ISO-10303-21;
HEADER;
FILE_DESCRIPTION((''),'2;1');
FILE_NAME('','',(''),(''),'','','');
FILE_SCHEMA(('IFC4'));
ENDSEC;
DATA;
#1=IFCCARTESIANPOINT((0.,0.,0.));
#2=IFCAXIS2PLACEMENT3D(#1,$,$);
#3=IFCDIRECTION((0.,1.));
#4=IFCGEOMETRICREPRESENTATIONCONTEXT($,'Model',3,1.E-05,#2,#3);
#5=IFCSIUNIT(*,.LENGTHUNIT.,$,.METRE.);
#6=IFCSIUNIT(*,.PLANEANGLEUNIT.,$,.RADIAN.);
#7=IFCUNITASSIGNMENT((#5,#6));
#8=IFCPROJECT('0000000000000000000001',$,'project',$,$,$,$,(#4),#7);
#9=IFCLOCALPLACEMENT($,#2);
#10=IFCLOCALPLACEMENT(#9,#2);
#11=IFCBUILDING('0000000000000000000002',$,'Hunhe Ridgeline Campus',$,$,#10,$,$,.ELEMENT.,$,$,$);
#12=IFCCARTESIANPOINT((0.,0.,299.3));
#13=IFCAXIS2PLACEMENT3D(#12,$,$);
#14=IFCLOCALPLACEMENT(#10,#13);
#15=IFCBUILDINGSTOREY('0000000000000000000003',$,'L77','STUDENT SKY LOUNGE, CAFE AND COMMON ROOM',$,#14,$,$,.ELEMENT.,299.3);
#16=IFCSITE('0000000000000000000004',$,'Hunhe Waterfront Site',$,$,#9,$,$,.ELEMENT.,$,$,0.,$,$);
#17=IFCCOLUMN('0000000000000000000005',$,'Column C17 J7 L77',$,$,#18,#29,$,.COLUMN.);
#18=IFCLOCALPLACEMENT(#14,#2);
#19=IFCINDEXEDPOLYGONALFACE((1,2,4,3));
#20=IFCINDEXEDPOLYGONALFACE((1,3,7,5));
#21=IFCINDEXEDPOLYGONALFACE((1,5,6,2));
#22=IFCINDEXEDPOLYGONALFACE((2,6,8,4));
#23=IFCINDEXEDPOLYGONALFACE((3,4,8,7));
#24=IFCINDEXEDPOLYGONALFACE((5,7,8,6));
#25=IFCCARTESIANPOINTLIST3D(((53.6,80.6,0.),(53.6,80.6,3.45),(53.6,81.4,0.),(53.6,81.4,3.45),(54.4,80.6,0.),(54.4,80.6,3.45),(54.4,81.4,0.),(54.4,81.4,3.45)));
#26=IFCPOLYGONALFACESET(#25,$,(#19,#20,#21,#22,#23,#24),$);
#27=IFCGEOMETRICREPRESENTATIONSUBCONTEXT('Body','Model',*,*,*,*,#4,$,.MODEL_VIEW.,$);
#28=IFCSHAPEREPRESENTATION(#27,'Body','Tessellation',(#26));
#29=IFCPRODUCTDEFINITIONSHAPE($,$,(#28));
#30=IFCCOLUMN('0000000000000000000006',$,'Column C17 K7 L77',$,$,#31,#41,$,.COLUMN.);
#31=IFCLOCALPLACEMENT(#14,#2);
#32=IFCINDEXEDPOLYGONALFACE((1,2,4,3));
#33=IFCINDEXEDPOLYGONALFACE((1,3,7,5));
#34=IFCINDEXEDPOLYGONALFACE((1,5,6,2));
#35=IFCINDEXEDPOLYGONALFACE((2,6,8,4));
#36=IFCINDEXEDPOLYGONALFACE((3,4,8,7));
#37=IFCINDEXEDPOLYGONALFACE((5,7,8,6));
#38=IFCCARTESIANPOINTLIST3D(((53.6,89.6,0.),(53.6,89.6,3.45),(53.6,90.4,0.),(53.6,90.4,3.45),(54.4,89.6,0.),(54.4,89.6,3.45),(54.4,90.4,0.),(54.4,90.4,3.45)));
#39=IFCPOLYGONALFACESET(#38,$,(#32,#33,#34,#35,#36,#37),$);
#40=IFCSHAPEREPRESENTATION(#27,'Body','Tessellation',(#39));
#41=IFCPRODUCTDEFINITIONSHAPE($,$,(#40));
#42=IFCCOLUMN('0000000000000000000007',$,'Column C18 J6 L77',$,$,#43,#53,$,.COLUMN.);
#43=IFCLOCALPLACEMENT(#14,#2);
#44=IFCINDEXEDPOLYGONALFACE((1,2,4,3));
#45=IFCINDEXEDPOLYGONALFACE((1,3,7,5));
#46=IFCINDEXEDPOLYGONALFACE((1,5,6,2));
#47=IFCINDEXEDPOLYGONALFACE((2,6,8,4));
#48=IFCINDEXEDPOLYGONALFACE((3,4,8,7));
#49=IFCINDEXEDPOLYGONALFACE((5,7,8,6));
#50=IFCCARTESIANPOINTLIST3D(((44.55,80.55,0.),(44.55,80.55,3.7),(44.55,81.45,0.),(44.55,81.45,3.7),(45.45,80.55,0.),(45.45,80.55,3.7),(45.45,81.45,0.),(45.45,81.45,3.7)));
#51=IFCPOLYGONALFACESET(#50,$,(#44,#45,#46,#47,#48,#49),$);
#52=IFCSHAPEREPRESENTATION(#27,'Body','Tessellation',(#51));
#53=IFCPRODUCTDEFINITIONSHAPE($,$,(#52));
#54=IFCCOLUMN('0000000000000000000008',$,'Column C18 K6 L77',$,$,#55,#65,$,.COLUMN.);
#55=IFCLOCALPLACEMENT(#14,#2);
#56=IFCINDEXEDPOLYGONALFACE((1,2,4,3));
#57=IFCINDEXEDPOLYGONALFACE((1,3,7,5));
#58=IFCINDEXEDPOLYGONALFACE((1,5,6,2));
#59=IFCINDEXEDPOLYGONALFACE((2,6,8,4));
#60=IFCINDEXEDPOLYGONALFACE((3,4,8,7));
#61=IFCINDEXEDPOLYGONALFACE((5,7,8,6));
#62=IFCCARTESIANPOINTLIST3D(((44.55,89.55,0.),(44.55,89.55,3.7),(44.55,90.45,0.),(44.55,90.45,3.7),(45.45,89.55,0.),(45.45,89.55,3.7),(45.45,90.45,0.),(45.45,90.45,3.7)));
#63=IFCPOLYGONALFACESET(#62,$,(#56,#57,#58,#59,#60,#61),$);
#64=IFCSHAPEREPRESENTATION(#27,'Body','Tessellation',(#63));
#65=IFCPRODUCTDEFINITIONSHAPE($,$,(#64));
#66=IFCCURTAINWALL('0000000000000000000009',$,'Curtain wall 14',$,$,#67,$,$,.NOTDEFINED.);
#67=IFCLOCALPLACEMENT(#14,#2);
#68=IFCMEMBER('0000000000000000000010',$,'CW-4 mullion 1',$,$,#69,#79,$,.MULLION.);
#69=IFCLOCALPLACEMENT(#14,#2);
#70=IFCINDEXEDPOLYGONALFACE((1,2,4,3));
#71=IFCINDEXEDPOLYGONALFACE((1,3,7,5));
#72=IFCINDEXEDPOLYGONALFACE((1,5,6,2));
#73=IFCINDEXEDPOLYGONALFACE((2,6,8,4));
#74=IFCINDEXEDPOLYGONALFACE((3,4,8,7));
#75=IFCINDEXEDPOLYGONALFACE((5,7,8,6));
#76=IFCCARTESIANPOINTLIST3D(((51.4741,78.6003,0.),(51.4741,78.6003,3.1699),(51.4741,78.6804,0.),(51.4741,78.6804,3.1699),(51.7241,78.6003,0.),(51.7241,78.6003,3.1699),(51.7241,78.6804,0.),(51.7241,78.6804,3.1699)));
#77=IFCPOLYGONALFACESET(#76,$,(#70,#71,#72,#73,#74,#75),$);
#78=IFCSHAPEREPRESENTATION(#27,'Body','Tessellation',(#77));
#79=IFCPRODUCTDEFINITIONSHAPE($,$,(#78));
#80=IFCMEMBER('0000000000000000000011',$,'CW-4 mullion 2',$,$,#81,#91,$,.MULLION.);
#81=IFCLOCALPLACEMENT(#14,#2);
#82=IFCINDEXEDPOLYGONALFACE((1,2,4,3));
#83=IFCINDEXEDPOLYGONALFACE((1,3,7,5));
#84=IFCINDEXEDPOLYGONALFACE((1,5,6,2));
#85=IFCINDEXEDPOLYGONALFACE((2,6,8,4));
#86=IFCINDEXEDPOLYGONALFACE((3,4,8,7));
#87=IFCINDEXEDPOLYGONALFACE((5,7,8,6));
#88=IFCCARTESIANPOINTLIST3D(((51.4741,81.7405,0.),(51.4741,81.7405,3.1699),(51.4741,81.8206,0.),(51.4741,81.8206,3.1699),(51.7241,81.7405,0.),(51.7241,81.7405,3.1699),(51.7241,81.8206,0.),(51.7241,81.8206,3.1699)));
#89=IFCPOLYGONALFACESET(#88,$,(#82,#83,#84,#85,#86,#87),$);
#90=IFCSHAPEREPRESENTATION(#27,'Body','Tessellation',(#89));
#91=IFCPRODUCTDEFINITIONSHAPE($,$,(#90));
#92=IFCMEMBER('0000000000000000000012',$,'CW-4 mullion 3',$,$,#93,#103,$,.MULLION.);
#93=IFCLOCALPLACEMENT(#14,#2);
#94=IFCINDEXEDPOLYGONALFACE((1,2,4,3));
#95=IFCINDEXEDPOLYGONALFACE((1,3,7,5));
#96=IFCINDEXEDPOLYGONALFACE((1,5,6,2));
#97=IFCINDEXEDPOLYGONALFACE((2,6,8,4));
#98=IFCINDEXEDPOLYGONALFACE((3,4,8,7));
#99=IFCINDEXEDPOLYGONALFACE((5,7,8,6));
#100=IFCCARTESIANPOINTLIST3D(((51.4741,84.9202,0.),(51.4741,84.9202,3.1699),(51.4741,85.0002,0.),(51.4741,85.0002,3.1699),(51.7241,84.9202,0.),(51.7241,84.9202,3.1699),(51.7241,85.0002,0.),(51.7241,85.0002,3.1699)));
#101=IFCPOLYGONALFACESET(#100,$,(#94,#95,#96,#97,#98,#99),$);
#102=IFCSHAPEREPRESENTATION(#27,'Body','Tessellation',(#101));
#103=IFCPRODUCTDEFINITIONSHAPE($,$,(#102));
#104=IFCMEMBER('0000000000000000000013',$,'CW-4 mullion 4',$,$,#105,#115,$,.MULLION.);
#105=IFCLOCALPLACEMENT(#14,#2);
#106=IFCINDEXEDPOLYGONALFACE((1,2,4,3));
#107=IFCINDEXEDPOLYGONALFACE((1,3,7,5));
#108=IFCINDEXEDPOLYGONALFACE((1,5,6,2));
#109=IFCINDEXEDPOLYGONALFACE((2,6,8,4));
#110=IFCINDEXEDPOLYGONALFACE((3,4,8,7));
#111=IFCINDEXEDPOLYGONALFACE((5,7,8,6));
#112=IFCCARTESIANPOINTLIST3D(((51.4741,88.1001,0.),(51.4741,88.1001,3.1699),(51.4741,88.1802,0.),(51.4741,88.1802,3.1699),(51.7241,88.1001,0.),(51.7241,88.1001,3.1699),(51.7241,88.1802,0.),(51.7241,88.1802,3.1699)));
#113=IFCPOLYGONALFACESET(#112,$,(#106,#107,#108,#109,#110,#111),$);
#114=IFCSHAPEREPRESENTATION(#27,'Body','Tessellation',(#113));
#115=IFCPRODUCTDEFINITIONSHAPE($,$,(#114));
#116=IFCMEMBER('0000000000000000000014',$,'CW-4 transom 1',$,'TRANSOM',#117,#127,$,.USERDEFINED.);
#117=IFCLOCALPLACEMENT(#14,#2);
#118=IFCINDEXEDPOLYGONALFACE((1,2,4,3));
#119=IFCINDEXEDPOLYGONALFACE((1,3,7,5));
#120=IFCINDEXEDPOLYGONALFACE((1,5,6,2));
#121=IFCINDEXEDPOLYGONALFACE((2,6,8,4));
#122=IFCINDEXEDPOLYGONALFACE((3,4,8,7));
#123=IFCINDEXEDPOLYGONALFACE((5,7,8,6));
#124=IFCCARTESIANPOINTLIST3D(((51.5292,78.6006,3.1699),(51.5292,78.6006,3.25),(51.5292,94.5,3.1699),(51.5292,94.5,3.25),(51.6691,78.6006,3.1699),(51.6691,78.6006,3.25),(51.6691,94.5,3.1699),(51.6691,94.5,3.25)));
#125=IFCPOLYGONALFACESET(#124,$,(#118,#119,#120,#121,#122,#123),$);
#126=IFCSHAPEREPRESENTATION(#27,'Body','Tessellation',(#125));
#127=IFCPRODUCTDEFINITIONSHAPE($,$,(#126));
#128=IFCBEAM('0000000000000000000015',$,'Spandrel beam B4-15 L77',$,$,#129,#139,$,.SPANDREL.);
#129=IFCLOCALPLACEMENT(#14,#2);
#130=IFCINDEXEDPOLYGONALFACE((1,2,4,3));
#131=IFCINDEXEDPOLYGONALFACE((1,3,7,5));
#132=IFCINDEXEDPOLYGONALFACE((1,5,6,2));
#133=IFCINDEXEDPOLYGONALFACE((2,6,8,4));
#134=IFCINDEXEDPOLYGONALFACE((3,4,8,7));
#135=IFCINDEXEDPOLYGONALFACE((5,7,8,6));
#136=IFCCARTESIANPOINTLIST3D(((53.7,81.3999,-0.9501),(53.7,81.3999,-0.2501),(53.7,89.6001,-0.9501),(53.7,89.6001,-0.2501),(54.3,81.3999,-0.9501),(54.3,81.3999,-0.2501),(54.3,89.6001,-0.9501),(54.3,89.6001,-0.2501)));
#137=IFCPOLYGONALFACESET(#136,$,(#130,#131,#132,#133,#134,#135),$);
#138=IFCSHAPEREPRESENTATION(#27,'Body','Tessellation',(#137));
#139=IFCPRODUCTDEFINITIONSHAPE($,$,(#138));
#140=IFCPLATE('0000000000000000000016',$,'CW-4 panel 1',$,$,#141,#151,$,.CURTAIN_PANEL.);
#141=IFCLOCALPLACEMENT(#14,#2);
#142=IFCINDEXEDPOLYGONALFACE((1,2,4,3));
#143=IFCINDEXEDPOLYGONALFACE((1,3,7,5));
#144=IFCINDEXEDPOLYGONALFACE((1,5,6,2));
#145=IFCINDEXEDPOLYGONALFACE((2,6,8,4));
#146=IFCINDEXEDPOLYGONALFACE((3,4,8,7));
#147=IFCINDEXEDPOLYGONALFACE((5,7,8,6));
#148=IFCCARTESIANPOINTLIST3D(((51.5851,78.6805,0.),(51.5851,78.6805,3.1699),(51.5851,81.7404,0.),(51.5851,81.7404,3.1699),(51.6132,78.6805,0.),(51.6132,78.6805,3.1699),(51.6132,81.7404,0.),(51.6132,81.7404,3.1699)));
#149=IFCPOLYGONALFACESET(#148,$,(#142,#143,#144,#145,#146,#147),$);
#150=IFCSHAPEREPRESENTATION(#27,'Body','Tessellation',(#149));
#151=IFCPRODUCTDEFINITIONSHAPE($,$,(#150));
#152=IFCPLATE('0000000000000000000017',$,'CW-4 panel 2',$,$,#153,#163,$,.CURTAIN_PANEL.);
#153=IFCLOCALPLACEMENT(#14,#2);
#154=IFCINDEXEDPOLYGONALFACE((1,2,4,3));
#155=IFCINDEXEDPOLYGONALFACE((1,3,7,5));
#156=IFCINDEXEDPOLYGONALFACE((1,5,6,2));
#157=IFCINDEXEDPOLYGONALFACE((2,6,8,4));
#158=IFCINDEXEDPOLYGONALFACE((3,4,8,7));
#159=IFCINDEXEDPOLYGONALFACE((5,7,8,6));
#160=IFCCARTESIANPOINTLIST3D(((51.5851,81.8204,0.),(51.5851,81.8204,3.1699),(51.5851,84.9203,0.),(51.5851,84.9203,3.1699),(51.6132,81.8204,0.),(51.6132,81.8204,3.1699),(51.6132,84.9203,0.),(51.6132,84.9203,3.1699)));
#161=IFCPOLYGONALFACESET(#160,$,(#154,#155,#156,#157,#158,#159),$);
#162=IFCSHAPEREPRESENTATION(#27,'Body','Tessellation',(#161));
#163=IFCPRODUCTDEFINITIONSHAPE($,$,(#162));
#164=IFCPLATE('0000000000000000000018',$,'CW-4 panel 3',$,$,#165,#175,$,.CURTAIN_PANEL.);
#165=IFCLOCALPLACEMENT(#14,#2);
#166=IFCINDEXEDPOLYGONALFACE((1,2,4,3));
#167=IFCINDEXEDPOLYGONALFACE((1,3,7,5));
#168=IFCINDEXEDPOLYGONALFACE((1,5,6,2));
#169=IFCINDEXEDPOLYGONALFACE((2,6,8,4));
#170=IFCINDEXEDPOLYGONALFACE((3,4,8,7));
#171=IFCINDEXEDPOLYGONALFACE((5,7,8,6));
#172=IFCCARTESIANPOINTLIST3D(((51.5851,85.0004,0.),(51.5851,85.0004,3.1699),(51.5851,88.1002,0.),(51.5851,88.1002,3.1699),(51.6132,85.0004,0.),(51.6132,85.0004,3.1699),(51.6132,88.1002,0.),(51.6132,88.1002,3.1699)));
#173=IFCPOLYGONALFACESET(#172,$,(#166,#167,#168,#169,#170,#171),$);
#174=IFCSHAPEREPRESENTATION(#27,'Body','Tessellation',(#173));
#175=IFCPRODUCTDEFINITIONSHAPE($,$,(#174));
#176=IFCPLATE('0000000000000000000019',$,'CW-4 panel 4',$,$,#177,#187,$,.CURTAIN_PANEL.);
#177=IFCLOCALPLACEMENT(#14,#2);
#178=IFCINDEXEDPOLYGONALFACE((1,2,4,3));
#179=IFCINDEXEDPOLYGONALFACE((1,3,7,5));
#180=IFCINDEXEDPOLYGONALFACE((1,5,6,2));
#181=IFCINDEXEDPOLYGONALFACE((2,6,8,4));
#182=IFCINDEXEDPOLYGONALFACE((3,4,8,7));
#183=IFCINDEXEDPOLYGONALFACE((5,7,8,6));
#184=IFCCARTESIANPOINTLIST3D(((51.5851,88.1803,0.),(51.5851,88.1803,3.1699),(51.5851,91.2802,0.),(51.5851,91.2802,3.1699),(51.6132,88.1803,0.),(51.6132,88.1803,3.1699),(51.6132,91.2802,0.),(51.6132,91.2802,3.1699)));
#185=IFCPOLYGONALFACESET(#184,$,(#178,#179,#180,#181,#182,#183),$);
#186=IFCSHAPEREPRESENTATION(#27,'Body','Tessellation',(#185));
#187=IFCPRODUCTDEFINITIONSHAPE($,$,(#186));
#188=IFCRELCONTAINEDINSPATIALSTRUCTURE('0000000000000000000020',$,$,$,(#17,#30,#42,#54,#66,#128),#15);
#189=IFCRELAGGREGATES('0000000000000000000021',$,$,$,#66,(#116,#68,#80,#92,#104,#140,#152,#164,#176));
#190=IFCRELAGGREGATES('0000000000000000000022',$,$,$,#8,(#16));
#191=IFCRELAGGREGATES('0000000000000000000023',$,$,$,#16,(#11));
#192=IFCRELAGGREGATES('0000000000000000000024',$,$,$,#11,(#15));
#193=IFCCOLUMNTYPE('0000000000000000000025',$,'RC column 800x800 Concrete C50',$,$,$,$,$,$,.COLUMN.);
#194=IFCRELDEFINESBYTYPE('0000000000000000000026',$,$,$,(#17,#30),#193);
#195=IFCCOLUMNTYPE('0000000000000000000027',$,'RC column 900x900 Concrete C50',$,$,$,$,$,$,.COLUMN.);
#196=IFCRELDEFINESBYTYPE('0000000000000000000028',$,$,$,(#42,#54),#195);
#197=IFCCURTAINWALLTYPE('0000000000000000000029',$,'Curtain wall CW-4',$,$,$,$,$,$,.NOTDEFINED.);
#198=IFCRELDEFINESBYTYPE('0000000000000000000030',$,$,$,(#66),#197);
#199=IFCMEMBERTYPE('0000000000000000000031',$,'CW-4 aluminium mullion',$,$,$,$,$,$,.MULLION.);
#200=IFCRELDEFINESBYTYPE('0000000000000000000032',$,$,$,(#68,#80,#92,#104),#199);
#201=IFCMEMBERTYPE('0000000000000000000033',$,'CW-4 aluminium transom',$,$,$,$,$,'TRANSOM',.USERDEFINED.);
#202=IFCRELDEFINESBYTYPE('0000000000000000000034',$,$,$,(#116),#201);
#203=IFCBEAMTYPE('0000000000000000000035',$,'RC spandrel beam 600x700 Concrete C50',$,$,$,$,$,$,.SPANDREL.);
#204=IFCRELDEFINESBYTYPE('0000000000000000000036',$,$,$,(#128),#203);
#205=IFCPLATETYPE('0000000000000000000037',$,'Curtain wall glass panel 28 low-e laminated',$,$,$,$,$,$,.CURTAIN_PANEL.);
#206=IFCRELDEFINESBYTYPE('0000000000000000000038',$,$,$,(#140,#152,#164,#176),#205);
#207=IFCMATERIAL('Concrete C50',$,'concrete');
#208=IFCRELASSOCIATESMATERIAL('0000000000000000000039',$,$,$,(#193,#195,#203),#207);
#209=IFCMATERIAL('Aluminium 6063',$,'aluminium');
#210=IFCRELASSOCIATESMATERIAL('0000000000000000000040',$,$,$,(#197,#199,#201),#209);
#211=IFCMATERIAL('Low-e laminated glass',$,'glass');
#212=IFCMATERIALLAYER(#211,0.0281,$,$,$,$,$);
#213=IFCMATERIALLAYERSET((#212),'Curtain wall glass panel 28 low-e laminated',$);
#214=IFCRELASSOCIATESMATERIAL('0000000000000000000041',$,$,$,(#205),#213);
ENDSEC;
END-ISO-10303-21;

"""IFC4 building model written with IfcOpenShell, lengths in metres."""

from ifc_helpers import new_model, si_unit, direction, frame, origin, origin_2d, place, context, subcontext, project, spatial, rectangle, extrude, material, layer, layer_set, material_profile, profile_set, type_object, element, aggregate, save


model = new_model("IFC4")

# Units and contexts
model_context = context("Model", 3, precision=1e-05, world=origin(), true_north=direction((0.0, 1.0)))
body_context = subcontext(model_context, "Body", "Model", "MODEL_VIEW")
ifc_project = project(units=[si_unit("LENGTHUNIT", "METRE"), si_unit("PLANEANGLEUNIT", "RADIAN")], contexts=[model_context])

# Site, building, storey
site_placement = place(None, origin())
site = spatial("IfcSite", under=ifc_project, at=site_placement, Name="Hunhe Waterfront Site", CompositionType="ELEMENT", RefElevation=0.0)
building_placement = place(site_placement, origin())
building = spatial("IfcBuilding", under=site, at=building_placement, Name="Hunhe Ridgeline Campus", CompositionType="ELEMENT")
storey_placement = place(building_placement, frame((0.0, 0.0, 299.3)))
storey = spatial("IfcBuildingStorey", under=building, at=storey_placement, Name="L77", Description="STUDENT SKY LOUNGE, CAFE AND COMMON ROOM", CompositionType="ELEMENT", Elevation=299.3)

# Columns
ifc_material_1 = material(Name="Concrete C50", Category="concrete")
ifc_material_profile_1 = material_profile(ifc_material_1, rectangle(XDim=0.8, YDim=0.8, at=origin_2d()))
ifc_profile_set_1 = profile_set([ifc_material_profile_1], Name="Concrete C50")
column_type_1 = type_object("IfcColumnType", Name="RC column 800x800 Concrete C50", PredefinedType="COLUMN", material=ifc_profile_set_1)
for number, where, z_axis, x_axis, name in (
    (1, (54.0, 81.0, 0.0), (0.0, 0.0, 1.0), (1.0, 0.0, 0.0), "Column C17 J7 L77"),
    (2, (54.0, 90.0, 0.0), (0.0, 0.0, 1.0), (1.0, 0.0, 0.0), "Column C17 K7 L77"),
):
    element("IfcColumn", number, at=place(storey_placement, frame(where, z_axis=z_axis, x_axis=x_axis)), inside=storey, type_object=column_type_1, Name=name, PredefinedType="COLUMN", context=body_context, shape_type="SweptSolid", body=[
        extrude(rectangle(XDim=0.8, YDim=0.8, at=origin_2d()), origin(), (0.0, 0.0, 1.0), 3.45),
    ])
ifc_material_profile_2 = material_profile(ifc_material_1, rectangle(XDim=0.8999, YDim=0.8999, at=origin_2d()))
ifc_profile_set_2 = profile_set([ifc_material_profile_2], Name="Concrete C50")
column_type_2 = type_object("IfcColumnType", Name="RC column 900x900 Concrete C50", PredefinedType="COLUMN", material=ifc_profile_set_2)
for number, where, z_axis, x_axis, name in (
    (3, (45.0, 81.0, 0.0), (0.0, 0.0, 1.0), (1.0, 0.0, 0.0), "Column C18 J6 L77"),
    (4, (45.0, 90.0, 0.0), (0.0, 0.0, 1.0), (1.0, 0.0, 0.0), "Column C18 K6 L77"),
):
    element("IfcColumn", number, at=place(storey_placement, frame(where, z_axis=z_axis, x_axis=x_axis)), inside=storey, type_object=column_type_2, Name=name, PredefinedType="COLUMN", context=body_context, shape_type="SweptSolid", body=[
        extrude(rectangle(XDim=0.8999, YDim=0.8999, at=origin_2d()), origin(), (0.0, 0.0, 1.0), 3.7),
    ])

# Curtain wall, members
ifc_material_2 = material(Name="Aluminium 6063", Category="aluminium")
curtain_wall_type = type_object("IfcCurtainWallType", Name="Curtain wall CW-4", PredefinedType="NOTDEFINED", material=ifc_material_2)
curtain_wall_placement = place(storey_placement, origin())
curtain_wall = element("IfcCurtainWall", 5, at=curtain_wall_placement, inside=storey, type_object=curtain_wall_type, Name="Curtain wall 14", PredefinedType="NOTDEFINED")
ifc_material_profile_3 = material_profile(ifc_material_2, rectangle(XDim=0.25, YDim=0.0801, at=origin_2d()))
ifc_profile_set_3 = profile_set([ifc_material_profile_3], Name="Aluminium 6063")
member_type_1 = type_object("IfcMemberType", Name="CW-4 aluminium mullion", PredefinedType="MULLION", material=ifc_profile_set_3)
member_1_placement = place(storey_placement, frame((51.5991, 78.6404, 0.0), z_axis=(0.0, 0.0, 1.0), x_axis=(-1.0, 0.0, 0.0)))
member_1 = element("IfcMember", 6, at=member_1_placement, type_object=member_type_1, Name="CW-4 mullion 1", PredefinedType="MULLION", context=body_context, shape_type="SweptSolid", body=[
    extrude(rectangle(XDim=0.25, YDim=0.0801, at=origin_2d()), origin(), (0.0, 0.0, 1.0), 3.1699),
])
member_2_placement = place(storey_placement, frame((51.5991, 81.7805, 0.0), z_axis=(0.0, 0.0, 1.0), x_axis=(-1.0, 0.0, 0.0)))
member_2 = element("IfcMember", 7, at=member_2_placement, type_object=member_type_1, Name="CW-4 mullion 2", PredefinedType="MULLION", context=body_context, shape_type="SweptSolid", body=[
    extrude(rectangle(XDim=0.25, YDim=0.0801, at=origin_2d()), origin(), (0.0, 0.0, 1.0), 3.1699),
])
member_3_placement = place(storey_placement, frame((51.5991, 84.9602, 0.0), z_axis=(0.0, 0.0, 1.0), x_axis=(-1.0, 0.0, 0.0)))
member_3 = element("IfcMember", 8, at=member_3_placement, type_object=member_type_1, Name="CW-4 mullion 3", PredefinedType="MULLION", context=body_context, shape_type="SweptSolid", body=[
    extrude(rectangle(XDim=0.25, YDim=0.0801, at=origin_2d()), origin(), (0.0, 0.0, 1.0), 3.1699),
])
member_4_placement = place(storey_placement, frame((51.5991, 88.1401, 0.0), z_axis=(0.0, 0.0, 1.0), x_axis=(-1.0, 0.0, 0.0)))
member_4 = element("IfcMember", 9, at=member_4_placement, type_object=member_type_1, Name="CW-4 mullion 4", PredefinedType="MULLION", context=body_context, shape_type="SweptSolid", body=[
    extrude(rectangle(XDim=0.25, YDim=0.0801, at=origin_2d()), origin(), (0.0, 0.0, 1.0), 3.1699),
])
ifc_material_profile_4 = material_profile(ifc_material_2, rectangle(XDim=0.1399, YDim=0.0801, at=origin_2d()))
ifc_profile_set_4 = profile_set([ifc_material_profile_4], Name="Aluminium 6063")
member_type_2 = type_object("IfcMemberType", Name="CW-4 aluminium transom", ElementType="TRANSOM", PredefinedType="USERDEFINED", material=ifc_profile_set_4)
member_5_placement = place(storey_placement, frame((51.5991, 78.6006, 3.21), z_axis=(0.0, 1.0, 0.0), x_axis=(-1.0, 0.0, 0.0)))
member_5 = element("IfcMember", 10, at=member_5_placement, type_object=member_type_2, Name="CW-4 transom 1", ObjectType="TRANSOM", PredefinedType="USERDEFINED", context=body_context, shape_type="SweptSolid", body=[
    extrude(rectangle(XDim=0.1399, YDim=0.0801, at=origin_2d()), origin(), (0.0, 0.0, 1.0), 15.8994),
])

# Beam
ifc_material_profile_5 = material_profile(ifc_material_1, rectangle(XDim=0.6001, YDim=0.7, at=origin_2d()))
ifc_profile_set_5 = profile_set([ifc_material_profile_5], Name="Concrete C50")
beam_type = type_object("IfcBeamType", Name="RC spandrel beam 600x700 Concrete C50", PredefinedType="SPANDREL", material=ifc_profile_set_5)
beam_placement = place(storey_placement, frame((54.0, 81.3999, -0.6001), z_axis=(0.0, 1.0, 0.0), x_axis=(-1.0, 0.0, 0.0)))
element("IfcBeam", 11, at=beam_placement, inside=storey, type_object=beam_type, Name="Spandrel beam B4-15 L77", PredefinedType="SPANDREL", context=body_context, shape_type="SweptSolid", body=[
    extrude(rectangle(XDim=0.6001, YDim=0.7, at=origin_2d()), origin(), (0.0, 0.0, 1.0), 8.2002),
])

# Plates
ifc_material_3 = material(Name="Low-e laminated glass", Category="glass")
ifc_layer_1 = layer(ifc_material_3, 0.0281)
ifc_layer_set_1 = layer_set([ifc_layer_1], Name="Curtain wall glass panel 28 low-e laminated")
plate_type = type_object("IfcPlateType", Name="Curtain wall glass panel 28 low-e laminated", PredefinedType="CURTAIN_PANEL", material=ifc_layer_set_1)
plate_1_placement = place(storey_placement, frame((51.5991, 80.2104, 0.0), z_axis=(0.0, 0.0, 1.0), x_axis=(0.0, 1.0, 0.0)))
plate_1 = element("IfcPlate", 12, at=plate_1_placement, type_object=plate_type, Name="CW-4 panel 1", PredefinedType="CURTAIN_PANEL", context=body_context, shape_type="SweptSolid", body=[
    extrude(rectangle(XDim=3.0598, YDim=0.0281, at=origin_2d()), origin(), (0.0, 0.0, 1.0), 3.1699),
])
plate_2_placement = place(storey_placement, frame((51.5991, 83.3704, 0.0), z_axis=(0.0, 0.0, 1.0), x_axis=(0.0, 1.0, 0.0)))
plate_2 = element("IfcPlate", 13, at=plate_2_placement, type_object=plate_type, Name="CW-4 panel 2", PredefinedType="CURTAIN_PANEL", context=body_context, shape_type="SweptSolid", body=[
    extrude(rectangle(XDim=3.0999, YDim=0.0281, at=origin_2d()), origin(), (0.0, 0.0, 1.0), 3.1699),
])
plate_3_placement = place(storey_placement, frame((51.5991, 86.5503, 0.0), z_axis=(0.0, 0.0, 1.0), x_axis=(0.0, 1.0, 0.0)))
plate_3 = element("IfcPlate", 14, at=plate_3_placement, type_object=plate_type, Name="CW-4 panel 3", PredefinedType="CURTAIN_PANEL", context=body_context, shape_type="SweptSolid", body=[
    extrude(rectangle(XDim=3.0999, YDim=0.0281, at=origin_2d()), origin(), (0.0, 0.0, 1.0), 3.1699),
])
plate_4_placement = place(storey_placement, frame((51.5991, 89.7302, 0.0), z_axis=(0.0, 0.0, 1.0), x_axis=(0.0, 1.0, 0.0)))
plate_4 = element("IfcPlate", 15, at=plate_4_placement, type_object=plate_type, Name="CW-4 panel 4", PredefinedType="CURTAIN_PANEL", context=body_context, shape_type="SweptSolid", body=[
    extrude(rectangle(XDim=3.0999, YDim=0.0281, at=origin_2d()), origin(), (0.0, 0.0, 1.0), 3.1699),
])
aggregate(curtain_wall, [member_5, member_1, member_2, member_3, member_4, plate_1, plate_2, plate_3, plate_4])

save(model, "model.ifc")
